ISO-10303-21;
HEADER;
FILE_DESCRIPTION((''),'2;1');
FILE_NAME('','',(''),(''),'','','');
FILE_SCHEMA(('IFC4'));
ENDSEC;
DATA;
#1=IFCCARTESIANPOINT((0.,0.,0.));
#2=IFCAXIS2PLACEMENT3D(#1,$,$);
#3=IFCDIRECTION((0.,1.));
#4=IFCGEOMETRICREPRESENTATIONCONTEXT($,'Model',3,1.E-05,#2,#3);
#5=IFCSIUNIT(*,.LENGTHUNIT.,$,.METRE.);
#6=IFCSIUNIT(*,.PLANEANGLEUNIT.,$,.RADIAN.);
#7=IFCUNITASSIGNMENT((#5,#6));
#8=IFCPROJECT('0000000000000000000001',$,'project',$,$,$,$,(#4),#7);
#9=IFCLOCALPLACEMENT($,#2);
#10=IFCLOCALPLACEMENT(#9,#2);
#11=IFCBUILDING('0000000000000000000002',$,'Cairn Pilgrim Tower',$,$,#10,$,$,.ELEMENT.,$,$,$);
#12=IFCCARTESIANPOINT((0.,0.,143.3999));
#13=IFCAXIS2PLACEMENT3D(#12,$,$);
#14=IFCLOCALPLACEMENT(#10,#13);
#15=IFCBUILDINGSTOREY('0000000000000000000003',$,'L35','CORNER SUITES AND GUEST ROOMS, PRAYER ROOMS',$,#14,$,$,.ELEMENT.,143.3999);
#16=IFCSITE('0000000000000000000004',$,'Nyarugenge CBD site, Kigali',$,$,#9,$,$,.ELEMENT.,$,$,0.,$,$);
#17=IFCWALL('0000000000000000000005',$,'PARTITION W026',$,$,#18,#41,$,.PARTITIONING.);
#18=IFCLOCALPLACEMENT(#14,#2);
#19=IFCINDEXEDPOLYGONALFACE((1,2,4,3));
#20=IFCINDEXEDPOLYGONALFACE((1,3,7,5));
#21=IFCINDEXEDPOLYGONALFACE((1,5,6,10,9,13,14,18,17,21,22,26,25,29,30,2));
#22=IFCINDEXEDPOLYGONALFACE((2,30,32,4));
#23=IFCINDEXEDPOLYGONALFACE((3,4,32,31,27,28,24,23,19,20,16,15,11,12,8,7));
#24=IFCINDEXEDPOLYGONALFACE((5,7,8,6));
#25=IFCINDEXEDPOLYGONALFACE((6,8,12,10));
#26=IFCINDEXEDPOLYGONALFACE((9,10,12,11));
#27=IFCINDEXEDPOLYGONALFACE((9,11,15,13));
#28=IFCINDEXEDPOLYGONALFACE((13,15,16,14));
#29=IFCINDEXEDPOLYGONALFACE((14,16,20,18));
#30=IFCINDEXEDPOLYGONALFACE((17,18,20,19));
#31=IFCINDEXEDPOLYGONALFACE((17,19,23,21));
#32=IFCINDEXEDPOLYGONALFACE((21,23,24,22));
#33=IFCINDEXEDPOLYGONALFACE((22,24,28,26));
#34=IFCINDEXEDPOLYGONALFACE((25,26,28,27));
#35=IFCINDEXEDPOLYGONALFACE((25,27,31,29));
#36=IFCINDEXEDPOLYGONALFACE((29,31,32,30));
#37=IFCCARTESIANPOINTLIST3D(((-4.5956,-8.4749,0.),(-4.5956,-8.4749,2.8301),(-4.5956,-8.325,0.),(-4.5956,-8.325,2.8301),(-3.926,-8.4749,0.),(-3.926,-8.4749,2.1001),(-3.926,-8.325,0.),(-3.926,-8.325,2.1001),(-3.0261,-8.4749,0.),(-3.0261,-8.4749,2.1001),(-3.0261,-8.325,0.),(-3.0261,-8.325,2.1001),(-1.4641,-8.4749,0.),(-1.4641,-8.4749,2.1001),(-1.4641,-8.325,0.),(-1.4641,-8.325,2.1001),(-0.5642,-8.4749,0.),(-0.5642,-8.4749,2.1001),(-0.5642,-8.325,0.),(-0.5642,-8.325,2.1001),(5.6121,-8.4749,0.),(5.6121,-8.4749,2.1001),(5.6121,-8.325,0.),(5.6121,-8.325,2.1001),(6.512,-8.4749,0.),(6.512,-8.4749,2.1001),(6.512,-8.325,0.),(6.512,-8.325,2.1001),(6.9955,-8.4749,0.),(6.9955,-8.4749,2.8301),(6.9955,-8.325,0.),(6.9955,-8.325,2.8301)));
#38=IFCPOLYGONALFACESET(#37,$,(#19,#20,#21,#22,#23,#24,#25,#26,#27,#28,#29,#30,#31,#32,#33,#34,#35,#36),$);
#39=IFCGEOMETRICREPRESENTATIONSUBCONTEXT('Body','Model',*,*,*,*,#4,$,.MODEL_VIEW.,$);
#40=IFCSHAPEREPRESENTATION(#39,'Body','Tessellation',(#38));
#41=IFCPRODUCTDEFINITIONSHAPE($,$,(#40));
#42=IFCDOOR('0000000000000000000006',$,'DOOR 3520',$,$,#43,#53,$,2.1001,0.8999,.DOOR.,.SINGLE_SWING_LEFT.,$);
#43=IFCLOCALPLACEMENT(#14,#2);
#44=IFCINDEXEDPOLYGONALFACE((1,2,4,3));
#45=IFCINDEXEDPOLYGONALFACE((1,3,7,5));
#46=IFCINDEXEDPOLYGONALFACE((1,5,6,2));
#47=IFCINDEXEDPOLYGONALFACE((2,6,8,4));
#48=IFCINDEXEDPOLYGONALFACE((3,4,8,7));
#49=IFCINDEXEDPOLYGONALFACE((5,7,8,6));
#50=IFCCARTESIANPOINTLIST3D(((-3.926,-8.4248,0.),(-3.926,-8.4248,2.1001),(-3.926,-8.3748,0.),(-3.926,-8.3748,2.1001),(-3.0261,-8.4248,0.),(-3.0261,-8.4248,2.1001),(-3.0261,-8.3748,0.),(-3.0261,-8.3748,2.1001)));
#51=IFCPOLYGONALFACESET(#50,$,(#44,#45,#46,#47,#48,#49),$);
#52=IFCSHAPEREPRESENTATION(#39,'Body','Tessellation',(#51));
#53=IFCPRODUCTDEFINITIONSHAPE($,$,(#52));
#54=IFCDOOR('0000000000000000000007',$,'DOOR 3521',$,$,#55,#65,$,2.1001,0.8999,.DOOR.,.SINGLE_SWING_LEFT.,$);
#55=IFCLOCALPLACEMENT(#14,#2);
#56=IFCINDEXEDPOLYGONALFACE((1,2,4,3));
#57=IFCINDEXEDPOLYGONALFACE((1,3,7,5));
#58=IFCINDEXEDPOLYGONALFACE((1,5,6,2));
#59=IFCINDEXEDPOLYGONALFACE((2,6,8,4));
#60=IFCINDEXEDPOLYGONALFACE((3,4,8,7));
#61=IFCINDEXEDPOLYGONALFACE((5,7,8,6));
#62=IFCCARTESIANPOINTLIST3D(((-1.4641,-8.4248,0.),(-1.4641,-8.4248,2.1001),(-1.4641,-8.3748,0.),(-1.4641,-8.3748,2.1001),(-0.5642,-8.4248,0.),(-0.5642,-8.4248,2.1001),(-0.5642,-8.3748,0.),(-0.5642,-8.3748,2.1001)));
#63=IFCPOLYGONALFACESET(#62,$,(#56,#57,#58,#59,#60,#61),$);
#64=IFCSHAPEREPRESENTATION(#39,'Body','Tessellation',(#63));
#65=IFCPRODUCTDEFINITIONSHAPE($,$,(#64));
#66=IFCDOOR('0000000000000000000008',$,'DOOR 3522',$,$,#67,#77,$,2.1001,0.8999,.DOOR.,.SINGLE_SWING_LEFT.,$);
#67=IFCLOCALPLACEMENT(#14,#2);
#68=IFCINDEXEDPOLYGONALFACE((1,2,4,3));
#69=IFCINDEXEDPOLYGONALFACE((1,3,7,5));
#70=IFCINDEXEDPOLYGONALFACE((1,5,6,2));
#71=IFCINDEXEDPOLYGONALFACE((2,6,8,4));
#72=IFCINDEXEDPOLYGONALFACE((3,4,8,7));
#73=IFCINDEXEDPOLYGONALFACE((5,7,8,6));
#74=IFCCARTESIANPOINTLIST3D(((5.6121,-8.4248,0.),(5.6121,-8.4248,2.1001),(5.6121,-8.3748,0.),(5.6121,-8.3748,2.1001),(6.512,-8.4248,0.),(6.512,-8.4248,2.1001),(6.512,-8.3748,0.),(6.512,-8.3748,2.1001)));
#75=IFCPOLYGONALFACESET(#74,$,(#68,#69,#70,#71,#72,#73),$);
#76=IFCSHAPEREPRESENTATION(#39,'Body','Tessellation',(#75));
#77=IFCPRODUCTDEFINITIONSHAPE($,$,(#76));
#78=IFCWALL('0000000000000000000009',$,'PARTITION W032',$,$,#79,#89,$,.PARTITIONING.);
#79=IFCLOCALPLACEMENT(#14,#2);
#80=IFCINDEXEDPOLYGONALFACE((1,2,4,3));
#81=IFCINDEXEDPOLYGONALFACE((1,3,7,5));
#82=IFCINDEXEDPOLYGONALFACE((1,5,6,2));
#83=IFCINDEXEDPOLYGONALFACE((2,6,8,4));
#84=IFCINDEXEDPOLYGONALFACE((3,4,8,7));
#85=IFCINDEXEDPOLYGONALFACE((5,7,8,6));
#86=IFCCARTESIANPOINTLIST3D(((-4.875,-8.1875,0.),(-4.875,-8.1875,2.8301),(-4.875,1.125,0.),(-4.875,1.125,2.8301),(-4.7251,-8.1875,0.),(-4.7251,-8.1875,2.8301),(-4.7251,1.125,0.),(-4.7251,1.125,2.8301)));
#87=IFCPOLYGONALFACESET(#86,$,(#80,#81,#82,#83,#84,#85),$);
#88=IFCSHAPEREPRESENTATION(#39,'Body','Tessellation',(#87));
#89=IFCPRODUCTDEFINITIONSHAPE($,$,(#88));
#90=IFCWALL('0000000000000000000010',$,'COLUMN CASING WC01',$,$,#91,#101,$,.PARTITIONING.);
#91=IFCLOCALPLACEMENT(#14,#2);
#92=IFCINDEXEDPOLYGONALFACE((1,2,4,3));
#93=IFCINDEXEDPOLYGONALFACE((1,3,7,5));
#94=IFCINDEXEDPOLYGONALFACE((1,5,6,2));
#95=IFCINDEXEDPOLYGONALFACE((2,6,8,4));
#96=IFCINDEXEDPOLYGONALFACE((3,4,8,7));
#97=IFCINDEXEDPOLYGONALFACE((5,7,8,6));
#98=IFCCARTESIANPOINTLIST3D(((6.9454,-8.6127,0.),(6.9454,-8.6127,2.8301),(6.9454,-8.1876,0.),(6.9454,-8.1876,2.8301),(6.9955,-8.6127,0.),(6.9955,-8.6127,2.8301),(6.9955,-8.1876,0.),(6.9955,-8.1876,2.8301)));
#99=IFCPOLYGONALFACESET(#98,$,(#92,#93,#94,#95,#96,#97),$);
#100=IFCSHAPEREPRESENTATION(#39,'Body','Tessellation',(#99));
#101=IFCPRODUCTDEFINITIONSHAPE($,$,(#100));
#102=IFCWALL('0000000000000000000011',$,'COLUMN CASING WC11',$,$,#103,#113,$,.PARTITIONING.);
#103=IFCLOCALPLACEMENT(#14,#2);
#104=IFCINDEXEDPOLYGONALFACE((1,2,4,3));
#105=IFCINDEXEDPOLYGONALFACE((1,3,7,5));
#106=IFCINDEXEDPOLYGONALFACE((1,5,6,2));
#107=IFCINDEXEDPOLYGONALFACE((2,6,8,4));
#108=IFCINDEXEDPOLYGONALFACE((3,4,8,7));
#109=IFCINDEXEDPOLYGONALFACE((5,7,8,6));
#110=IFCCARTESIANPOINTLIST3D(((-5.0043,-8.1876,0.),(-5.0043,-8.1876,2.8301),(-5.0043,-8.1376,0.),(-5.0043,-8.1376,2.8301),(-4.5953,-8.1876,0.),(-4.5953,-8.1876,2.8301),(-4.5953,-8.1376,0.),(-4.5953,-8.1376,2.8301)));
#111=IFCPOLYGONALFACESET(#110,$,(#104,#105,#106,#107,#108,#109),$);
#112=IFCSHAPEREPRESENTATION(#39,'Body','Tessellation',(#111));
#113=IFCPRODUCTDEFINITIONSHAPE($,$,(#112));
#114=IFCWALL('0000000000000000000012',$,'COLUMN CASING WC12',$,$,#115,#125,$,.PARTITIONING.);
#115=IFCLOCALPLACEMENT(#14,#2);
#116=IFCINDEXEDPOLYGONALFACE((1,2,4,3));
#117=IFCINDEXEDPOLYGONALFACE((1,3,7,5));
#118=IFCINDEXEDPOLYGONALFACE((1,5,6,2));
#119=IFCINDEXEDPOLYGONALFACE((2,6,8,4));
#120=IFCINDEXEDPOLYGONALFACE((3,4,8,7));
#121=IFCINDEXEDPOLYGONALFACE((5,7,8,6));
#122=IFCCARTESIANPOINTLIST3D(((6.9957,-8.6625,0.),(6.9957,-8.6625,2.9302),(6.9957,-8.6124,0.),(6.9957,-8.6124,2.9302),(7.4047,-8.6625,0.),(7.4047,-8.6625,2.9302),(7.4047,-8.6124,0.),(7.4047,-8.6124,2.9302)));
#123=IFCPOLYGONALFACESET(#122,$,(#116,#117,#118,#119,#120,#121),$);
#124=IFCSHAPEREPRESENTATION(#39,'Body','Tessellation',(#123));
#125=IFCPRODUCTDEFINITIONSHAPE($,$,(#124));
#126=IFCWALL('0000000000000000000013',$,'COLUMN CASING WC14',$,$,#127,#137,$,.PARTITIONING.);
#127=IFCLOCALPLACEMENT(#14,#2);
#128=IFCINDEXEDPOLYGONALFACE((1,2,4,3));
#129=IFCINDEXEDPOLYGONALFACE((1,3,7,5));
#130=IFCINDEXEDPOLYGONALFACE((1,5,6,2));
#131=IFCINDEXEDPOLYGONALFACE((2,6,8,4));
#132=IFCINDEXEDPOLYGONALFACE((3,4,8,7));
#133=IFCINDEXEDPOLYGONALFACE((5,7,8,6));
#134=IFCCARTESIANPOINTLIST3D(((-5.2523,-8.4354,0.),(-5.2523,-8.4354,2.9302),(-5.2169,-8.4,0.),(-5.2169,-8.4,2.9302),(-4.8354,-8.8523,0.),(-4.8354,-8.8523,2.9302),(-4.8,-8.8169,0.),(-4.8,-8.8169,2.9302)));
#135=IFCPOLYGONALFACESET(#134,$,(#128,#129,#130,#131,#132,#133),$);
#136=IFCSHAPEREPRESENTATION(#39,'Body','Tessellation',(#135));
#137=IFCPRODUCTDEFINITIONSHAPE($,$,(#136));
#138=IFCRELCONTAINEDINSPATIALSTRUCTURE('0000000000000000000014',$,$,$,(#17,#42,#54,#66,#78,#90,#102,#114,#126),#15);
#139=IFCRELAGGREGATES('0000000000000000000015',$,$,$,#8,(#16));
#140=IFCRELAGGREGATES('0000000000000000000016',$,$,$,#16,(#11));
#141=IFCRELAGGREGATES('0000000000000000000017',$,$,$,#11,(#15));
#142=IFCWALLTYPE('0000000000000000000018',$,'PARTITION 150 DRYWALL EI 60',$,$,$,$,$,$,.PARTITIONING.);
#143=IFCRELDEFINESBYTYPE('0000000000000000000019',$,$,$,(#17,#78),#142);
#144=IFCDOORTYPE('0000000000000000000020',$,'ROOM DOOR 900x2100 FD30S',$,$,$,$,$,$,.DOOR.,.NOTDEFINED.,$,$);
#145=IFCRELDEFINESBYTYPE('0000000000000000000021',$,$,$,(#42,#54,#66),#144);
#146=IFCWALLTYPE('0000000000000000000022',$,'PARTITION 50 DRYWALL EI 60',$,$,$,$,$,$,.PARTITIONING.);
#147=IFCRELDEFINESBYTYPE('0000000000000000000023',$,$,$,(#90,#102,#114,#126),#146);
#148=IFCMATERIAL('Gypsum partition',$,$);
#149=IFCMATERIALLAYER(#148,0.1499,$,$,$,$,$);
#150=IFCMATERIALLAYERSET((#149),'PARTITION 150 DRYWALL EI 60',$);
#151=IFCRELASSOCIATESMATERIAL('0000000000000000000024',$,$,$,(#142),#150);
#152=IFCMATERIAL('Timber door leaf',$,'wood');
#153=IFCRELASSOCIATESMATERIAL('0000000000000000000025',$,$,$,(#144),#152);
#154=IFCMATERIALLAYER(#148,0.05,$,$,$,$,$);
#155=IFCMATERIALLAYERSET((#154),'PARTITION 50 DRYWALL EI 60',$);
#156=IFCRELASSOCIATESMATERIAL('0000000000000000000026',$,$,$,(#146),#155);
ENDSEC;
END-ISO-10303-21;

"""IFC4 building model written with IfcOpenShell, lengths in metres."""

from ifc_helpers import new_model, si_unit, direction, frame, frame_2d, origin, place, context, subcontext, project, spatial, rectangle, extrude, material, layer, layer_set, type_object, element, fill, save


model = new_model("IFC4")

# Units and contexts
model_context = context("Model", 3, precision=1e-05, world=origin(), true_north=direction((0.0, 1.0)))
body_context = subcontext(model_context, "Body", "Model", "MODEL_VIEW")
ifc_project = project(units=[si_unit("LENGTHUNIT", "METRE"), si_unit("PLANEANGLEUNIT", "RADIAN")], contexts=[model_context])

# Site, building, storey
site_placement = place(None, origin())
site = spatial("IfcSite", under=ifc_project, at=site_placement, Name="Nyarugenge CBD site, Kigali", CompositionType="ELEMENT", RefElevation=0.0)
building_placement = place(site_placement, origin())
building = spatial("IfcBuilding", under=site, at=building_placement, Name="Cairn Pilgrim Tower", CompositionType="ELEMENT")
storey_placement = place(building_placement, frame((0.0, 0.0, 143.3999)))
storey = spatial("IfcBuildingStorey", under=building, at=storey_placement, Name="L35", Description="CORNER SUITES AND GUEST ROOMS, PRAYER ROOMS", CompositionType="ELEMENT", Elevation=143.3999)

# Shared definitions
ifc_material_1 = material(Name="Gypsum partition")
ifc_material_2 = material(Name="Timber door leaf", Category="wood")

# Wall, openings, doors
ifc_layer_1 = layer(ifc_material_1, 0.1499)
ifc_layer_set_1 = layer_set([ifc_layer_1], Name="PARTITION 150 DRYWALL EI 60")
wall_type_1 = type_object("IfcWallType", Name="PARTITION 150 DRYWALL EI 60", PredefinedType="PARTITIONING", material=ifc_layer_set_1)
wall_1_placement = place(storey_placement, frame((-4.5955, -8.3999, 0.0), z_axis=(0.0, 0.0, 1.0), x_axis=(1.0, 0.0, 0.0)))
wall_1 = element("IfcWall", 1, at=wall_1_placement, inside=storey, type_object=wall_type_1, Name="PARTITION W026", PredefinedType="PARTITIONING", context=body_context, shape_type="SweptSolid", body=[
    extrude(rectangle(XDim=11.5911, YDim=0.1499, at=frame_2d((5.7954, 0.0))), origin(), (0.0, 0.0, 1.0), 2.8301),
])
opening_1_placement = place(wall_1_placement, frame((0.6694, 0.0, 0.0)))
opening_1 = element("IfcOpeningElement", 2, at=opening_1_placement, cuts=wall_1, PredefinedType="OPENING", context=body_context, shape_type="SweptSolid", body=[
    extrude(rectangle(XDim=0.8999, YDim=2.1001, at=frame_2d((0.45, 1.05))), frame((0.0, 0.085, 0.0), z_axis=(0.0, -1.0, 0.0), x_axis=(1.0, 0.0, 0.0)), (0.0, 0.0, 1.0), 0.1699),
])
opening_2_placement = place(wall_1_placement, frame((3.1313, 0.0, 0.0)))
opening_2 = element("IfcOpeningElement", 3, at=opening_2_placement, cuts=wall_1, PredefinedType="OPENING", context=body_context, shape_type="SweptSolid", body=[
    extrude(rectangle(XDim=0.8999, YDim=2.1001, at=frame_2d((0.45, 1.05))), frame((0.0, 0.085, 0.0), z_axis=(0.0, -1.0, 0.0), x_axis=(1.0, 0.0, 0.0)), (0.0, 0.0, 1.0), 0.1699),
])
opening_3_placement = place(wall_1_placement, frame((10.2075, 0.0, 0.0)))
opening_3 = element("IfcOpeningElement", 4, at=opening_3_placement, cuts=wall_1, PredefinedType="OPENING", context=body_context, shape_type="SweptSolid", body=[
    extrude(rectangle(XDim=0.8999, YDim=2.1001, at=frame_2d((0.45, 1.05))), frame((0.0, 0.085, 0.0), z_axis=(0.0, -1.0, 0.0), x_axis=(1.0, 0.0, 0.0)), (0.0, 0.0, 1.0), 0.1699),
])
door_type_1 = type_object("IfcDoorType", Name="ROOM DOOR 900x2100 FD30S", OperationType="NOTDEFINED", PredefinedType="DOOR", material=ifc_material_2)
door_1_placement = place(opening_1_placement, frame((0.8999, 0.0, 0.0), z_axis=(0.0, 0.0, 1.0), x_axis=(-1.0, 0.0, 0.0)))
door_1 = element("IfcDoor", 5, at=door_1_placement, inside=storey, type_object=door_type_1, Name="DOOR 3520", OperationType="SINGLE_SWING_LEFT", OverallHeight=2.1001, OverallWidth=0.8999, PredefinedType="DOOR", context=body_context, shape_type="SweptSolid", body=[
    extrude(rectangle(XDim=0.8999, YDim=2.1001, at=frame_2d((0.45, 1.05))), frame((0.0, 0.0249, 0.0), z_axis=(0.0, -1.0, 0.0), x_axis=(1.0, 0.0, 0.0)), (0.0, 0.0, 1.0), 0.05),
])
fill(opening_1, door_1)
door_2_placement = place(opening_2_placement, frame((0.8999, 0.0, 0.0), z_axis=(0.0, 0.0, 1.0), x_axis=(-1.0, 0.0, 0.0)))
door_2 = element("IfcDoor", 6, at=door_2_placement, inside=storey, type_object=door_type_1, Name="DOOR 3521", OperationType="SINGLE_SWING_LEFT", OverallHeight=2.1001, OverallWidth=0.8999, PredefinedType="DOOR", context=body_context, shape_type="SweptSolid", body=[
    extrude(rectangle(XDim=0.8999, YDim=2.1001, at=frame_2d((0.45, 1.05))), frame((0.0, 0.0249, 0.0), z_axis=(0.0, -1.0, 0.0), x_axis=(1.0, 0.0, 0.0)), (0.0, 0.0, 1.0), 0.05),
])
fill(opening_2, door_2)
door_3_placement = place(opening_3_placement, frame((0.8999, 0.0, 0.0), z_axis=(0.0, 0.0, 1.0), x_axis=(-1.0, 0.0, 0.0)))
door_3 = element("IfcDoor", 7, at=door_3_placement, inside=storey, type_object=door_type_1, Name="DOOR 3522", OperationType="SINGLE_SWING_LEFT", OverallHeight=2.1001, OverallWidth=0.8999, PredefinedType="DOOR", context=body_context, shape_type="SweptSolid", body=[
    extrude(rectangle(XDim=0.8999, YDim=2.1001, at=frame_2d((0.45, 1.05))), frame((0.0, 0.0249, 0.0), z_axis=(0.0, -1.0, 0.0), x_axis=(1.0, 0.0, 0.0)), (0.0, 0.0, 1.0), 0.05),
])
fill(opening_3, door_3)

# Walls
wall_2_placement = place(storey_placement, frame((-4.8, -8.1875, 0.0), z_axis=(0.0, 0.0, 1.0), x_axis=(0.0, 1.0, 0.0)))
element("IfcWall", 8, at=wall_2_placement, inside=storey, type_object=wall_type_1, Name="PARTITION W032", PredefinedType="PARTITIONING", context=body_context, shape_type="SweptSolid", body=[
    extrude(rectangle(XDim=9.3125, YDim=0.1499, at=frame_2d((4.6562, 0.0))), origin(), (0.0, 0.0, 1.0), 2.8301),
])
ifc_layer_2 = layer(ifc_material_1, 0.05)
ifc_layer_set_2 = layer_set([ifc_layer_2], Name="PARTITION 50 DRYWALL EI 60")
wall_type_2 = type_object("IfcWallType", Name="PARTITION 50 DRYWALL EI 60", PredefinedType="PARTITIONING", material=ifc_layer_set_2)
wall_3_placement = place(storey_placement, frame((6.9705, -8.6125, 0.0), z_axis=(0.0, 0.0, 1.0), x_axis=(0.0, 1.0, 0.0)))
element("IfcWall", 9, at=wall_3_placement, inside=storey, type_object=wall_type_2, Name="COLUMN CASING WC01", PredefinedType="PARTITIONING", context=body_context, shape_type="SweptSolid", body=[
    extrude(rectangle(XDim=0.425, YDim=0.05, at=frame_2d((0.2124, 0.0))), origin(), (0.0, 0.0, 1.0), 2.8301),
])
wall_4_placement = place(storey_placement, frame((-5.0044, -8.1626, 0.0), z_axis=(0.0, 0.0, 1.0), x_axis=(1.0, 0.0, 0.0)))
element("IfcWall", 10, at=wall_4_placement, inside=storey, type_object=wall_type_2, Name="COLUMN CASING WC11", PredefinedType="PARTITIONING", context=body_context, shape_type="SweptSolid", body=[
    extrude(rectangle(XDim=0.4089, YDim=0.05, at=frame_2d((0.2046, 0.0))), origin(), (0.0, 0.0, 1.0), 2.8301),
])
wall_5_placement = place(storey_placement, frame((6.9956, -8.6375, 0.0), z_axis=(0.0, 0.0, 1.0), x_axis=(1.0, 0.0, 0.0)))
element("IfcWall", 11, at=wall_5_placement, inside=storey, type_object=wall_type_2, Name="COLUMN CASING WC12", PredefinedType="PARTITIONING", context=body_context, shape_type="SweptSolid", body=[
    extrude(rectangle(XDim=0.4089, YDim=0.05, at=frame_2d((0.2046, 0.0))), origin(), (0.0, 0.0, 1.0), 2.9302),
])
wall_6_placement = place(storey_placement, frame((-4.8176, -8.8347, 0.0), z_axis=(0.0, 0.0, 1.0), x_axis=(-0.707107, 0.707107, 0.0)))
element("IfcWall", 12, at=wall_6_placement, inside=storey, type_object=wall_type_2, Name="COLUMN CASING WC14", PredefinedType="PARTITIONING", context=body_context, shape_type="SweptSolid", body=[
    extrude(rectangle(XDim=0.5896, YDim=0.05, at=frame_2d((0.2949, 0.0))), origin(), (0.0, 0.0, 1.0), 2.9302),
])

save(model, "model.ifc")
